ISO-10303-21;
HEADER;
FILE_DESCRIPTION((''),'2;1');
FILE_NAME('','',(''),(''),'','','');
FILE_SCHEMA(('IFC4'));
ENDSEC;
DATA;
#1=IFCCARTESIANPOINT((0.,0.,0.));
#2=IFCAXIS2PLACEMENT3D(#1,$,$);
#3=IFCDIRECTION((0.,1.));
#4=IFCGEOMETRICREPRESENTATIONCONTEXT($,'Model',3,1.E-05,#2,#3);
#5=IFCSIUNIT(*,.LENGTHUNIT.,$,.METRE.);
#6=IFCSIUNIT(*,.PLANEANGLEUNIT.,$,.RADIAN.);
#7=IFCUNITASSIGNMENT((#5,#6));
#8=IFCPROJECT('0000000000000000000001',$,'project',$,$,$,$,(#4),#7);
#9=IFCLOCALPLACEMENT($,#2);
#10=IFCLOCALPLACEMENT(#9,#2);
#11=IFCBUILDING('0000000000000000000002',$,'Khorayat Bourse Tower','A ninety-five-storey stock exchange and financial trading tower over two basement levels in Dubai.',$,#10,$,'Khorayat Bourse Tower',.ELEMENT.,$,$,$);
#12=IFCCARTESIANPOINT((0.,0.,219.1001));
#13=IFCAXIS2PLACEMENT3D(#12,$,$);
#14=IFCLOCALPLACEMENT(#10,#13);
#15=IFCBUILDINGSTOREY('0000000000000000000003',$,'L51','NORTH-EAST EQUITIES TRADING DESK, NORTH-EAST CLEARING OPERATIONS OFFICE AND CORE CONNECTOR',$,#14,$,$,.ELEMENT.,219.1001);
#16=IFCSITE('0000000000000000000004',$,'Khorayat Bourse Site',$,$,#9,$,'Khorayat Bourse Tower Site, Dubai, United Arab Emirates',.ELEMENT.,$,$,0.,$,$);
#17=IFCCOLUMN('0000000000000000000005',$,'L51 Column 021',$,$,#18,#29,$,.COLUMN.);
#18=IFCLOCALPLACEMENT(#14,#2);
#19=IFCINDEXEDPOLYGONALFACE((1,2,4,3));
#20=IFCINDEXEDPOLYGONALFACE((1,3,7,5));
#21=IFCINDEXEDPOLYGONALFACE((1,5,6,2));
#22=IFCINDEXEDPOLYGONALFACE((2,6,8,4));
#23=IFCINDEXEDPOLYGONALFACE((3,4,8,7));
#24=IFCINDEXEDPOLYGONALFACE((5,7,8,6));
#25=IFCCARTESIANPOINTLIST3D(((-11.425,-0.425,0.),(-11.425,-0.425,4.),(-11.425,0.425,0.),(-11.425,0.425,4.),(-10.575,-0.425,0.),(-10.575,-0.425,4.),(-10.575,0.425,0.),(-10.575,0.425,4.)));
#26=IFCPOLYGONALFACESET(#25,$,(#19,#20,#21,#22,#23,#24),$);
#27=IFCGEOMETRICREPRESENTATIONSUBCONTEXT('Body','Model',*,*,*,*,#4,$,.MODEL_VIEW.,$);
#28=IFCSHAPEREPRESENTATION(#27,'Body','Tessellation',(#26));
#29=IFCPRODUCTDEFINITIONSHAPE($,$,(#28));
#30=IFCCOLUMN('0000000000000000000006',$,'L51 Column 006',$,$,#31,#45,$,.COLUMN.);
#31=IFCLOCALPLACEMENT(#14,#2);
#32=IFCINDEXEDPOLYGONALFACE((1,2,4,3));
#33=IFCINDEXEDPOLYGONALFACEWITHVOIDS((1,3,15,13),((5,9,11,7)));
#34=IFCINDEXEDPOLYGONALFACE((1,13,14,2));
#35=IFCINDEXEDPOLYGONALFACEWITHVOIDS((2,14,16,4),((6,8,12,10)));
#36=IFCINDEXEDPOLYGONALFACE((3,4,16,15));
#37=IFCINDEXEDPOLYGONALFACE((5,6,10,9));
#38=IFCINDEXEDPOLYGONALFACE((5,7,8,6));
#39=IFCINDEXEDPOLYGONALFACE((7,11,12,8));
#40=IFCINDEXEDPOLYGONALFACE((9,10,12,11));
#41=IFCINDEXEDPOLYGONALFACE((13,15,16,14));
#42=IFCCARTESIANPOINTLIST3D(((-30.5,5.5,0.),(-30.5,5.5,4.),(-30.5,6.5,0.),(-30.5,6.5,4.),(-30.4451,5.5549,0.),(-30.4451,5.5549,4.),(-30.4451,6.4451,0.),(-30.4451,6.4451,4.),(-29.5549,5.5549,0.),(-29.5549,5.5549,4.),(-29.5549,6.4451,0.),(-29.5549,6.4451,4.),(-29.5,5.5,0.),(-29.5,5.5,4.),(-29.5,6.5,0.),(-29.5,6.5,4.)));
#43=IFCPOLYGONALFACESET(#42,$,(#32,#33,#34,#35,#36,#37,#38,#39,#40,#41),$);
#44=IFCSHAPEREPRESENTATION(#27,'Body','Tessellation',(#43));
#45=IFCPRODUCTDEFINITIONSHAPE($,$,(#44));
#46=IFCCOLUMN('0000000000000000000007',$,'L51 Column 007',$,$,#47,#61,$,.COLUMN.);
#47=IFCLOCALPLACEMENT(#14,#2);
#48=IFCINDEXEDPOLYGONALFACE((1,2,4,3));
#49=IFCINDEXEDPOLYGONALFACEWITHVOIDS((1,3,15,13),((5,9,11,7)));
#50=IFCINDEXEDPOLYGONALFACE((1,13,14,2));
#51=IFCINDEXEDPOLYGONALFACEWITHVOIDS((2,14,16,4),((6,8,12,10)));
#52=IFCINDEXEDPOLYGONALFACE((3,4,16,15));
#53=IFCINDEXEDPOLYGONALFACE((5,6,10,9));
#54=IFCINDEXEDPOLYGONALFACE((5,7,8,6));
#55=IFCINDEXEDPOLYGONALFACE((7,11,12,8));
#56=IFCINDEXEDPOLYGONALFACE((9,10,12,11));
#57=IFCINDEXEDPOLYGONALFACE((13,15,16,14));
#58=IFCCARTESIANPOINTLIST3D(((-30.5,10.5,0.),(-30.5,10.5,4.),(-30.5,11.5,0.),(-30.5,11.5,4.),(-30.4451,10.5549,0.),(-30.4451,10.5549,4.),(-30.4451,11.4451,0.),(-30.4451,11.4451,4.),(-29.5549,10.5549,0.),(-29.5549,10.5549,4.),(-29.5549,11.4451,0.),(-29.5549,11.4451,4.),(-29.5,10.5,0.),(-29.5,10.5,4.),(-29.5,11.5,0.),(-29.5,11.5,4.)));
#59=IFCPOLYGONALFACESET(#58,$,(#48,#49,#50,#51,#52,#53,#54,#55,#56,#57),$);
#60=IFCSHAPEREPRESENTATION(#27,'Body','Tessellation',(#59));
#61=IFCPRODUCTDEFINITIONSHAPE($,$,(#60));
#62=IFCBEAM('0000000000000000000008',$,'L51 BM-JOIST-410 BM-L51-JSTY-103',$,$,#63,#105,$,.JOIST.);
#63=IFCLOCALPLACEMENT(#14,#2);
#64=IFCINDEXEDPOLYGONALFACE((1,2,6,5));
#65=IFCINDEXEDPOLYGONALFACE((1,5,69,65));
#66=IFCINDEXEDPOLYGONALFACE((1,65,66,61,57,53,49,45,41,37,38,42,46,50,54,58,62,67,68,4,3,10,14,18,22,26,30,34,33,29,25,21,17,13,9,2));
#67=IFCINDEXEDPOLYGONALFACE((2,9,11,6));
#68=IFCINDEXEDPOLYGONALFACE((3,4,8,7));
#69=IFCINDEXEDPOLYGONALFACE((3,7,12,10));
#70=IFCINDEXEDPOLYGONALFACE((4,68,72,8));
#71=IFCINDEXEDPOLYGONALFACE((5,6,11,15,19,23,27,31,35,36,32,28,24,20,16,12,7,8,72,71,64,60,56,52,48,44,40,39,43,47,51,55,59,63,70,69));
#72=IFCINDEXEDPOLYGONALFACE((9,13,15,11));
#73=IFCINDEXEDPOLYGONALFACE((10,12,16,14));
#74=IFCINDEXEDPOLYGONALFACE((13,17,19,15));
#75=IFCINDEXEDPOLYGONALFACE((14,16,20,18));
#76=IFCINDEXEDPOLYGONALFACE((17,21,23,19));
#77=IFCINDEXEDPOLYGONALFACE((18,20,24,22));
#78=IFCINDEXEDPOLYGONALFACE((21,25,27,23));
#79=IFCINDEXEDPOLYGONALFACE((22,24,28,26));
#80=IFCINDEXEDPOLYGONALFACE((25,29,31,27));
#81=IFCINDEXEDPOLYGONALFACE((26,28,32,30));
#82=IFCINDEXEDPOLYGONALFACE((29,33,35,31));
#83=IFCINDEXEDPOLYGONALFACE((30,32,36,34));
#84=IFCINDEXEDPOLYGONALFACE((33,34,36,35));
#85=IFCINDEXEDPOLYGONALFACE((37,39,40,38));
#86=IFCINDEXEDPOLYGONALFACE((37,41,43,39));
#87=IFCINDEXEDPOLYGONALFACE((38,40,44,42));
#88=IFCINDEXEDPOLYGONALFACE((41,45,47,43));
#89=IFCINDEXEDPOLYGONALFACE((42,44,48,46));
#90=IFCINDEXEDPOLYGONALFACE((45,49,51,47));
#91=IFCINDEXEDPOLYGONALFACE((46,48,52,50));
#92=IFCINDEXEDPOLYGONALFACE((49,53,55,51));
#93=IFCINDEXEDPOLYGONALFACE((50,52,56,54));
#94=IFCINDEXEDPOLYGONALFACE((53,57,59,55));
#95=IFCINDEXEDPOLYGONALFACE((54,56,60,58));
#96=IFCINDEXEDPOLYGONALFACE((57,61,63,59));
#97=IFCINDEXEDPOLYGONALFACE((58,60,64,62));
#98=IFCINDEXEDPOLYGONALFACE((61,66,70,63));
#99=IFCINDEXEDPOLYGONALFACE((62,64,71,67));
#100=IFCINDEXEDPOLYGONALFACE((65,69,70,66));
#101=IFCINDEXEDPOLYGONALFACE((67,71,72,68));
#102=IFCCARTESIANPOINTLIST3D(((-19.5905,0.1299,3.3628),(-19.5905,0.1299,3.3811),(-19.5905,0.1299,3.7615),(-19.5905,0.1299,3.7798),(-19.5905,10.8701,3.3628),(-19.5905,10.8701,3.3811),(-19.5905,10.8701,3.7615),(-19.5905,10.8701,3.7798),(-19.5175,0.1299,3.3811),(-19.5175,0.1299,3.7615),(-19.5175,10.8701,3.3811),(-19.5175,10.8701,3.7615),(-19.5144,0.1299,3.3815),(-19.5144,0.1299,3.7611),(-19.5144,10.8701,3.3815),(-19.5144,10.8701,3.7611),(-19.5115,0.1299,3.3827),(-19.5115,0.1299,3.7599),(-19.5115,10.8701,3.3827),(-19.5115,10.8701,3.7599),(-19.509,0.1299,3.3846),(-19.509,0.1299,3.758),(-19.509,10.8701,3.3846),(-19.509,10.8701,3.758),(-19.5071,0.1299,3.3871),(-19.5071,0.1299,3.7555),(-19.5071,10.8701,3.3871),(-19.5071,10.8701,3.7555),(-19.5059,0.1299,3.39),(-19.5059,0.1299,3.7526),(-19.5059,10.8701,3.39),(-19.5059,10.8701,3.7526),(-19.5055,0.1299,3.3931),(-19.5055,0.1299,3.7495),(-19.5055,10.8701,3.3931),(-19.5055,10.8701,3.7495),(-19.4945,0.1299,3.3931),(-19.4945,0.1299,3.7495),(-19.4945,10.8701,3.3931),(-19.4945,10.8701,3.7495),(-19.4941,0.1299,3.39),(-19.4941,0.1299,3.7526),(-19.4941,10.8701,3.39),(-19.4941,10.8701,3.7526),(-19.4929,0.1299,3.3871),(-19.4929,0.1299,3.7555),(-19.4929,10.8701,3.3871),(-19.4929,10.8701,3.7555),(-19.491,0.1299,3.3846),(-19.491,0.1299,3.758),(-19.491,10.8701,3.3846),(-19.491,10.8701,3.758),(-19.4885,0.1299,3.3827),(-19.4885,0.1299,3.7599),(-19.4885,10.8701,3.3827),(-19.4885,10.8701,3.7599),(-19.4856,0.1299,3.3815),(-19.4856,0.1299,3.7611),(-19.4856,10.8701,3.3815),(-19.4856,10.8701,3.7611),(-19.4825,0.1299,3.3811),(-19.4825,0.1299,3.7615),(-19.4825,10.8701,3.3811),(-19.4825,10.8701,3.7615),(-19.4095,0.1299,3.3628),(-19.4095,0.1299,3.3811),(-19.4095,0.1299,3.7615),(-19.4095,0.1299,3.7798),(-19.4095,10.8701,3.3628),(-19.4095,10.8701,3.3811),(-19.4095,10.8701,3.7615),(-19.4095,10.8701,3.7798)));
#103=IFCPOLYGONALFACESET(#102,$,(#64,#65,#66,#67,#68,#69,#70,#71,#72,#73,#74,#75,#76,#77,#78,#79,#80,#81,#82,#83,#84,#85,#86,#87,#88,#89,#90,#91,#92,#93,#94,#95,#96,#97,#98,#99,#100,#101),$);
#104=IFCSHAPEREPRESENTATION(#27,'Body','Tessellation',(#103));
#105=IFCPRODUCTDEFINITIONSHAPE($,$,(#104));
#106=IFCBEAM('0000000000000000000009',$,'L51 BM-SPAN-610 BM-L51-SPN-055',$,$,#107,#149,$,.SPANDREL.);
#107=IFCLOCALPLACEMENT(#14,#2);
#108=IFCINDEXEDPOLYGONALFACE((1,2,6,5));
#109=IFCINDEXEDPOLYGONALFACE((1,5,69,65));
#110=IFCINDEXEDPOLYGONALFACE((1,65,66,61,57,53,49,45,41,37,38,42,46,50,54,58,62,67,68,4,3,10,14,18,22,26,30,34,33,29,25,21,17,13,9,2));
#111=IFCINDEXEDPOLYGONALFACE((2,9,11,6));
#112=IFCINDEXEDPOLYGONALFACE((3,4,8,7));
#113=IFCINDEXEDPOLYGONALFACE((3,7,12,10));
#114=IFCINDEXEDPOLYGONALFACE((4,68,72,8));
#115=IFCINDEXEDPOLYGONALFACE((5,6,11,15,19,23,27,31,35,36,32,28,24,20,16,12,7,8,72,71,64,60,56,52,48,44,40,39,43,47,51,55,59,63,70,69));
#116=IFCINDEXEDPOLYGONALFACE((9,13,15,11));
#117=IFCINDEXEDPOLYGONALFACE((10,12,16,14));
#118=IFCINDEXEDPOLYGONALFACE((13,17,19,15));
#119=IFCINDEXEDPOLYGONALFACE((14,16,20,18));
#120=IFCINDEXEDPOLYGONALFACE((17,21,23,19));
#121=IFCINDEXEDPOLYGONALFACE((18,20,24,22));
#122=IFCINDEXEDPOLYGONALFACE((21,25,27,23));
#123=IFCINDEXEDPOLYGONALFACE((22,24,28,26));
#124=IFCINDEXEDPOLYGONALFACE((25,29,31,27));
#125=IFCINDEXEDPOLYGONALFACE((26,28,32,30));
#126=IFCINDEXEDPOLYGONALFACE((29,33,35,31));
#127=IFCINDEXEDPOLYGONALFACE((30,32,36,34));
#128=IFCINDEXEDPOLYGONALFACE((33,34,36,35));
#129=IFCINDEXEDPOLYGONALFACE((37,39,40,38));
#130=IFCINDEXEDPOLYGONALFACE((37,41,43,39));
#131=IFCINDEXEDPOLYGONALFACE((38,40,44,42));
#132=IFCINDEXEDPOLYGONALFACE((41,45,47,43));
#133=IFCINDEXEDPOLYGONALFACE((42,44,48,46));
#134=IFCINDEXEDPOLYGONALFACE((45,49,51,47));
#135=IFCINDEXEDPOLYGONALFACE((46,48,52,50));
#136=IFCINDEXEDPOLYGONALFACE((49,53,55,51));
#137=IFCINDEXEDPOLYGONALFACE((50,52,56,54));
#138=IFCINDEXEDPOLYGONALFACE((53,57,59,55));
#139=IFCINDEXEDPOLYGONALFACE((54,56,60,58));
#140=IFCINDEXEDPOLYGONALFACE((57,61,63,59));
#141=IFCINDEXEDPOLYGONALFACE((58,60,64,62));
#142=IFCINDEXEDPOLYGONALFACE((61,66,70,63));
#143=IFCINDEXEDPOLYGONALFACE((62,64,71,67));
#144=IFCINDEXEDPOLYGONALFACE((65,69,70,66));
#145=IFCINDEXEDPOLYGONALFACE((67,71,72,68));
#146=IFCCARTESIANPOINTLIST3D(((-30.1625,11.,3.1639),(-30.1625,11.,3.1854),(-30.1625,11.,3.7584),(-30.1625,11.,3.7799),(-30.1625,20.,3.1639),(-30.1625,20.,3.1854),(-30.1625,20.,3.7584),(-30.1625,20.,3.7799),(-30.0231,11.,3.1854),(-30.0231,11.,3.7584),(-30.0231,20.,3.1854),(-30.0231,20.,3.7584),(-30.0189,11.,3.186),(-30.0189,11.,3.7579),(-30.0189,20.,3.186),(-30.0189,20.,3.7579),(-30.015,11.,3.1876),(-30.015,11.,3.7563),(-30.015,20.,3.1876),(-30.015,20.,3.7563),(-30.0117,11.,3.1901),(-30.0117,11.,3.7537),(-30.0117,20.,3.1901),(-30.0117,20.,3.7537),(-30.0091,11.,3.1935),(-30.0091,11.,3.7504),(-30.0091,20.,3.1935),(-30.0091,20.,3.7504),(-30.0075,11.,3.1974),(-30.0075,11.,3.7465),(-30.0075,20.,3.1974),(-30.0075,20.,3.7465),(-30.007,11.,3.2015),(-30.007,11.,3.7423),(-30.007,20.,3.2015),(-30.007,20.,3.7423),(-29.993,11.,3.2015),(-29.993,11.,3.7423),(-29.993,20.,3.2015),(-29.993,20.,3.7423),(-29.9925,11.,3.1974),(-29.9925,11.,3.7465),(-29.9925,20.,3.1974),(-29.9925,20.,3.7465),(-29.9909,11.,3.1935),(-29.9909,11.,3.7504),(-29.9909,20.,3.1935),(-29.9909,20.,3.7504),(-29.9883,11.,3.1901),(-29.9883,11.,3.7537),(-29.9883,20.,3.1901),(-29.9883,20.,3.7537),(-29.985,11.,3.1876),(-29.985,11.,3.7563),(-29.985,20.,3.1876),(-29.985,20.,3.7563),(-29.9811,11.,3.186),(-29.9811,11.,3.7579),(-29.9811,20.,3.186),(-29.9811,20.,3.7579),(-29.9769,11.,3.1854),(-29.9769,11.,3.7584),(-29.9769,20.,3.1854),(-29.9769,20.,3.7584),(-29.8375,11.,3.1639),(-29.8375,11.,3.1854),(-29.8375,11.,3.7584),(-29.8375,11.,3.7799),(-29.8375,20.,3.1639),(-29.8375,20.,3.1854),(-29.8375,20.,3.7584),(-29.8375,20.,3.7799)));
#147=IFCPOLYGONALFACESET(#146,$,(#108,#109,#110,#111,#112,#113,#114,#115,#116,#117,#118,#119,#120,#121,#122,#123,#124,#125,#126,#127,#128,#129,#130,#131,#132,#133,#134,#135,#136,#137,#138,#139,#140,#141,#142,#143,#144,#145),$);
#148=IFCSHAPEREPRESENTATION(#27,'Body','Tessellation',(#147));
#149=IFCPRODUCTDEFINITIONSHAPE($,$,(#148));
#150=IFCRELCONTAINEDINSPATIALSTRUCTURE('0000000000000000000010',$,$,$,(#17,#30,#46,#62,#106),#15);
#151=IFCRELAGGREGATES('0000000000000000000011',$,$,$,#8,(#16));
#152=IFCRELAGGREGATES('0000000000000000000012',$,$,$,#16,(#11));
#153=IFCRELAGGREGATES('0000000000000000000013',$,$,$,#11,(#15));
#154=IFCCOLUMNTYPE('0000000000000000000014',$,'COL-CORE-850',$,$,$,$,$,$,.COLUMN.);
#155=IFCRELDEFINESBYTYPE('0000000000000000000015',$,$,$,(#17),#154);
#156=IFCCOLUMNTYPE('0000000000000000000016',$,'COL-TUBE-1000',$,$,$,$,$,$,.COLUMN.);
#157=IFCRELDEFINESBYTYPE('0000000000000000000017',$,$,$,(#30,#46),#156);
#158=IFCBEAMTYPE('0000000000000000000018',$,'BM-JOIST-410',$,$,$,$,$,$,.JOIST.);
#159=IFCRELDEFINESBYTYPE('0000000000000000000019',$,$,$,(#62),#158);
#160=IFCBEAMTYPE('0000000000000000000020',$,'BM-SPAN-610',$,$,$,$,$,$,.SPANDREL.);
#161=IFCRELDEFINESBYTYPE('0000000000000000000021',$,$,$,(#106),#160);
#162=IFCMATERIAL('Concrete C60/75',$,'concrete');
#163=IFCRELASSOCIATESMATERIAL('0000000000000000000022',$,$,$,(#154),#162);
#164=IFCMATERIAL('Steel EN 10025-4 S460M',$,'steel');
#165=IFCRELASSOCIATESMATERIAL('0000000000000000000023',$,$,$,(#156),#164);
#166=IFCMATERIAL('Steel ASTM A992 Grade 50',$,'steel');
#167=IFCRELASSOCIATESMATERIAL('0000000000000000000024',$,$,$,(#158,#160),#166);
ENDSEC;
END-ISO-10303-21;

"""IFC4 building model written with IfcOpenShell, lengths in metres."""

from ifc_helpers import new_model, si_unit, direction, frame, origin, origin_2d, place, context, subcontext, project, spatial, rectangle, hollow_rectangle, i_section, extrude, source, transform, mapped, material, material_profile, profile_set, type_object, element, save


model = new_model("IFC4")

# Units and contexts
model_context = context("Model", 3, precision=1e-05, world=origin(), true_north=direction((0.0, 1.0)))
body_context = subcontext(model_context, "Body", "Model", "MODEL_VIEW")
ifc_project = project(units=[si_unit("LENGTHUNIT", "METRE"), si_unit("PLANEANGLEUNIT", "RADIAN")], contexts=[model_context])

# Site, building, storey
site_placement = place(None, origin())
site = spatial("IfcSite", under=ifc_project, at=site_placement, Name="Khorayat Bourse Site", LongName="Khorayat Bourse Tower Site, Dubai, United Arab Emirates", CompositionType="ELEMENT", RefElevation=0.0)
building_placement = place(site_placement, origin())
building = spatial("IfcBuilding", under=site, at=building_placement, Name="Khorayat Bourse Tower", Description="A ninety-five-storey stock exchange and financial trading tower over two basement levels in Dubai.", LongName="Khorayat Bourse Tower", CompositionType="ELEMENT")
storey_placement = place(building_placement, frame((0.0, 0.0, 219.1001)))
storey = spatial("IfcBuildingStorey", under=building, at=storey_placement, Name="L51", Description="NORTH-EAST EQUITIES TRADING DESK, NORTH-EAST CLEARING OPERATIONS OFFICE AND CORE CONNECTOR", CompositionType="ELEMENT", Elevation=219.1001)

# Columns
ifc_material_1 = material(Name="Concrete C60/75", Category="concrete")
ifc_material_profile_1 = material_profile(ifc_material_1, rectangle(XDim=0.8501, YDim=0.8501, at=origin_2d()), Name="RC 850x850")
ifc_profile_set_1 = profile_set([ifc_material_profile_1], Name="Concrete C60/75")
column_type_1 = type_object("IfcColumnType", Name="COL-CORE-850", PredefinedType="COLUMN", material=ifc_profile_set_1)
shared_shape_1 = source(origin(), body_context, "Body", "SweptSolid", [
    extrude(rectangle(XDim=0.8501, YDim=0.8501, at=origin_2d()), origin(), (0.0, 0.0, 1.0), 4.0),
])
column_placement = place(storey_placement, frame((-11.0, 0.0, 0.0), z_axis=(0.0, 0.0, 1.0), x_axis=(1.0, 0.0, 0.0)))
element("IfcColumn", 1, at=column_placement, inside=storey, type_object=column_type_1, Name="L51 Column 021", PredefinedType="COLUMN", context=body_context, shape_type="MappedRepresentation", body=[
    mapped(shared_shape_1, transform((0.0, 0.0, 0.0), scale=1.0)),
])
ifc_material_2 = material(Name="Steel EN 10025-4 S460M", Category="steel")
ifc_material_profile_2 = material_profile(ifc_material_2, hollow_rectangle(XDim=1.0, YDim=1.0, WallThickness=0.0549, at=origin_2d()), Name="BOX 1000x1000x55")
ifc_profile_set_2 = profile_set([ifc_material_profile_2], Name="Steel EN 10025-4 S460M")
column_type_2 = type_object("IfcColumnType", Name="COL-TUBE-1000", PredefinedType="COLUMN", material=ifc_profile_set_2)
shared_shape_2 = source(origin(), body_context, "Body", "SweptSolid", [
    extrude(hollow_rectangle(XDim=1.0, YDim=1.0, WallThickness=0.0549, at=origin_2d()), origin(), (0.0, 0.0, 1.0), 4.0),
])
for number, where, z_axis, x_axis, name in (
    (2, (-30.0, 6.0, 0.0), (0.0, 0.0, 1.0), (1.0, 0.0, 0.0), "L51 Column 006"),
    (3, (-30.0, 11.0, 0.0), (0.0, 0.0, 1.0), (1.0, 0.0, 0.0), "L51 Column 007"),
):
    element("IfcColumn", number, at=place(storey_placement, frame(where, z_axis=z_axis, x_axis=x_axis)), inside=storey, type_object=column_type_2, Name=name, PredefinedType="COLUMN", context=body_context, shape_type="MappedRepresentation", body=[
        mapped(shared_shape_2, transform((0.0, 0.0, 0.0), scale=1.0)),
    ])

# Beams
ifc_material_3 = material(Name="Steel ASTM A992 Grade 50", Category="steel")
ifc_material_profile_3 = material_profile(ifc_material_3, i_section(OverallWidth=0.1809, OverallDepth=0.417, WebThickness=0.011, FlangeThickness=0.0183, FilletRadius=0.012, at=origin_2d()), Name="W410X85")
ifc_profile_set_3 = profile_set([ifc_material_profile_3], Name="Steel ASTM A992 Grade 50")
beam_type_1 = type_object("IfcBeamType", Name="BM-JOIST-410", PredefinedType="JOIST", material=ifc_profile_set_3)
shared_shape_3 = source(origin(), body_context, "Body", "SweptSolid", [
    extrude(i_section(OverallWidth=0.1809, OverallDepth=0.417, WebThickness=0.011, FlangeThickness=0.0183, FilletRadius=0.012, at=origin_2d()), origin(), (0.0, 0.0, 1.0), 10.7402),
])
beam_1_placement = place(storey_placement, frame((-19.5, 0.1299, 3.5713), z_axis=(0.0, 1.0, 0.0), x_axis=(-1.0, 0.0, 0.0)))
element("IfcBeam", 4, at=beam_1_placement, inside=storey, type_object=beam_type_1, Name="L51 BM-JOIST-410 BM-L51-JSTY-103", PredefinedType="JOIST", context=body_context, shape_type="MappedRepresentation", body=[
    mapped(shared_shape_3, transform((0.0, 0.0, 0.0), scale=1.0)),
])
ifc_material_profile_4 = material_profile(ifc_material_3, i_section(OverallWidth=0.325, OverallDepth=0.616, WebThickness=0.0139, FlangeThickness=0.0215, FilletRadius=0.0161, at=origin_2d()), Name="W610X174")
ifc_profile_set_4 = profile_set([ifc_material_profile_4], Name="Steel ASTM A992 Grade 50")
beam_type_2 = type_object("IfcBeamType", Name="BM-SPAN-610", PredefinedType="SPANDREL", material=ifc_profile_set_4)
shared_shape_4 = source(origin(), body_context, "Body", "SweptSolid", [
    extrude(i_section(OverallWidth=0.325, OverallDepth=0.616, WebThickness=0.0139, FlangeThickness=0.0215, FilletRadius=0.0161, at=origin_2d()), origin(), (0.0, 0.0, 1.0), 9.0),
])
beam_2_placement = place(storey_placement, frame((-30.0, 11.0, 3.4719), z_axis=(0.0, 1.0, 0.0), x_axis=(-1.0, 0.0, 0.0)))
element("IfcBeam", 5, at=beam_2_placement, inside=storey, type_object=beam_type_2, Name="L51 BM-SPAN-610 BM-L51-SPN-055", PredefinedType="SPANDREL", context=body_context, shape_type="MappedRepresentation", body=[
    mapped(shared_shape_4, transform((0.0, 0.0, 0.0), scale=1.0)),
])

save(model, "model.ifc")
